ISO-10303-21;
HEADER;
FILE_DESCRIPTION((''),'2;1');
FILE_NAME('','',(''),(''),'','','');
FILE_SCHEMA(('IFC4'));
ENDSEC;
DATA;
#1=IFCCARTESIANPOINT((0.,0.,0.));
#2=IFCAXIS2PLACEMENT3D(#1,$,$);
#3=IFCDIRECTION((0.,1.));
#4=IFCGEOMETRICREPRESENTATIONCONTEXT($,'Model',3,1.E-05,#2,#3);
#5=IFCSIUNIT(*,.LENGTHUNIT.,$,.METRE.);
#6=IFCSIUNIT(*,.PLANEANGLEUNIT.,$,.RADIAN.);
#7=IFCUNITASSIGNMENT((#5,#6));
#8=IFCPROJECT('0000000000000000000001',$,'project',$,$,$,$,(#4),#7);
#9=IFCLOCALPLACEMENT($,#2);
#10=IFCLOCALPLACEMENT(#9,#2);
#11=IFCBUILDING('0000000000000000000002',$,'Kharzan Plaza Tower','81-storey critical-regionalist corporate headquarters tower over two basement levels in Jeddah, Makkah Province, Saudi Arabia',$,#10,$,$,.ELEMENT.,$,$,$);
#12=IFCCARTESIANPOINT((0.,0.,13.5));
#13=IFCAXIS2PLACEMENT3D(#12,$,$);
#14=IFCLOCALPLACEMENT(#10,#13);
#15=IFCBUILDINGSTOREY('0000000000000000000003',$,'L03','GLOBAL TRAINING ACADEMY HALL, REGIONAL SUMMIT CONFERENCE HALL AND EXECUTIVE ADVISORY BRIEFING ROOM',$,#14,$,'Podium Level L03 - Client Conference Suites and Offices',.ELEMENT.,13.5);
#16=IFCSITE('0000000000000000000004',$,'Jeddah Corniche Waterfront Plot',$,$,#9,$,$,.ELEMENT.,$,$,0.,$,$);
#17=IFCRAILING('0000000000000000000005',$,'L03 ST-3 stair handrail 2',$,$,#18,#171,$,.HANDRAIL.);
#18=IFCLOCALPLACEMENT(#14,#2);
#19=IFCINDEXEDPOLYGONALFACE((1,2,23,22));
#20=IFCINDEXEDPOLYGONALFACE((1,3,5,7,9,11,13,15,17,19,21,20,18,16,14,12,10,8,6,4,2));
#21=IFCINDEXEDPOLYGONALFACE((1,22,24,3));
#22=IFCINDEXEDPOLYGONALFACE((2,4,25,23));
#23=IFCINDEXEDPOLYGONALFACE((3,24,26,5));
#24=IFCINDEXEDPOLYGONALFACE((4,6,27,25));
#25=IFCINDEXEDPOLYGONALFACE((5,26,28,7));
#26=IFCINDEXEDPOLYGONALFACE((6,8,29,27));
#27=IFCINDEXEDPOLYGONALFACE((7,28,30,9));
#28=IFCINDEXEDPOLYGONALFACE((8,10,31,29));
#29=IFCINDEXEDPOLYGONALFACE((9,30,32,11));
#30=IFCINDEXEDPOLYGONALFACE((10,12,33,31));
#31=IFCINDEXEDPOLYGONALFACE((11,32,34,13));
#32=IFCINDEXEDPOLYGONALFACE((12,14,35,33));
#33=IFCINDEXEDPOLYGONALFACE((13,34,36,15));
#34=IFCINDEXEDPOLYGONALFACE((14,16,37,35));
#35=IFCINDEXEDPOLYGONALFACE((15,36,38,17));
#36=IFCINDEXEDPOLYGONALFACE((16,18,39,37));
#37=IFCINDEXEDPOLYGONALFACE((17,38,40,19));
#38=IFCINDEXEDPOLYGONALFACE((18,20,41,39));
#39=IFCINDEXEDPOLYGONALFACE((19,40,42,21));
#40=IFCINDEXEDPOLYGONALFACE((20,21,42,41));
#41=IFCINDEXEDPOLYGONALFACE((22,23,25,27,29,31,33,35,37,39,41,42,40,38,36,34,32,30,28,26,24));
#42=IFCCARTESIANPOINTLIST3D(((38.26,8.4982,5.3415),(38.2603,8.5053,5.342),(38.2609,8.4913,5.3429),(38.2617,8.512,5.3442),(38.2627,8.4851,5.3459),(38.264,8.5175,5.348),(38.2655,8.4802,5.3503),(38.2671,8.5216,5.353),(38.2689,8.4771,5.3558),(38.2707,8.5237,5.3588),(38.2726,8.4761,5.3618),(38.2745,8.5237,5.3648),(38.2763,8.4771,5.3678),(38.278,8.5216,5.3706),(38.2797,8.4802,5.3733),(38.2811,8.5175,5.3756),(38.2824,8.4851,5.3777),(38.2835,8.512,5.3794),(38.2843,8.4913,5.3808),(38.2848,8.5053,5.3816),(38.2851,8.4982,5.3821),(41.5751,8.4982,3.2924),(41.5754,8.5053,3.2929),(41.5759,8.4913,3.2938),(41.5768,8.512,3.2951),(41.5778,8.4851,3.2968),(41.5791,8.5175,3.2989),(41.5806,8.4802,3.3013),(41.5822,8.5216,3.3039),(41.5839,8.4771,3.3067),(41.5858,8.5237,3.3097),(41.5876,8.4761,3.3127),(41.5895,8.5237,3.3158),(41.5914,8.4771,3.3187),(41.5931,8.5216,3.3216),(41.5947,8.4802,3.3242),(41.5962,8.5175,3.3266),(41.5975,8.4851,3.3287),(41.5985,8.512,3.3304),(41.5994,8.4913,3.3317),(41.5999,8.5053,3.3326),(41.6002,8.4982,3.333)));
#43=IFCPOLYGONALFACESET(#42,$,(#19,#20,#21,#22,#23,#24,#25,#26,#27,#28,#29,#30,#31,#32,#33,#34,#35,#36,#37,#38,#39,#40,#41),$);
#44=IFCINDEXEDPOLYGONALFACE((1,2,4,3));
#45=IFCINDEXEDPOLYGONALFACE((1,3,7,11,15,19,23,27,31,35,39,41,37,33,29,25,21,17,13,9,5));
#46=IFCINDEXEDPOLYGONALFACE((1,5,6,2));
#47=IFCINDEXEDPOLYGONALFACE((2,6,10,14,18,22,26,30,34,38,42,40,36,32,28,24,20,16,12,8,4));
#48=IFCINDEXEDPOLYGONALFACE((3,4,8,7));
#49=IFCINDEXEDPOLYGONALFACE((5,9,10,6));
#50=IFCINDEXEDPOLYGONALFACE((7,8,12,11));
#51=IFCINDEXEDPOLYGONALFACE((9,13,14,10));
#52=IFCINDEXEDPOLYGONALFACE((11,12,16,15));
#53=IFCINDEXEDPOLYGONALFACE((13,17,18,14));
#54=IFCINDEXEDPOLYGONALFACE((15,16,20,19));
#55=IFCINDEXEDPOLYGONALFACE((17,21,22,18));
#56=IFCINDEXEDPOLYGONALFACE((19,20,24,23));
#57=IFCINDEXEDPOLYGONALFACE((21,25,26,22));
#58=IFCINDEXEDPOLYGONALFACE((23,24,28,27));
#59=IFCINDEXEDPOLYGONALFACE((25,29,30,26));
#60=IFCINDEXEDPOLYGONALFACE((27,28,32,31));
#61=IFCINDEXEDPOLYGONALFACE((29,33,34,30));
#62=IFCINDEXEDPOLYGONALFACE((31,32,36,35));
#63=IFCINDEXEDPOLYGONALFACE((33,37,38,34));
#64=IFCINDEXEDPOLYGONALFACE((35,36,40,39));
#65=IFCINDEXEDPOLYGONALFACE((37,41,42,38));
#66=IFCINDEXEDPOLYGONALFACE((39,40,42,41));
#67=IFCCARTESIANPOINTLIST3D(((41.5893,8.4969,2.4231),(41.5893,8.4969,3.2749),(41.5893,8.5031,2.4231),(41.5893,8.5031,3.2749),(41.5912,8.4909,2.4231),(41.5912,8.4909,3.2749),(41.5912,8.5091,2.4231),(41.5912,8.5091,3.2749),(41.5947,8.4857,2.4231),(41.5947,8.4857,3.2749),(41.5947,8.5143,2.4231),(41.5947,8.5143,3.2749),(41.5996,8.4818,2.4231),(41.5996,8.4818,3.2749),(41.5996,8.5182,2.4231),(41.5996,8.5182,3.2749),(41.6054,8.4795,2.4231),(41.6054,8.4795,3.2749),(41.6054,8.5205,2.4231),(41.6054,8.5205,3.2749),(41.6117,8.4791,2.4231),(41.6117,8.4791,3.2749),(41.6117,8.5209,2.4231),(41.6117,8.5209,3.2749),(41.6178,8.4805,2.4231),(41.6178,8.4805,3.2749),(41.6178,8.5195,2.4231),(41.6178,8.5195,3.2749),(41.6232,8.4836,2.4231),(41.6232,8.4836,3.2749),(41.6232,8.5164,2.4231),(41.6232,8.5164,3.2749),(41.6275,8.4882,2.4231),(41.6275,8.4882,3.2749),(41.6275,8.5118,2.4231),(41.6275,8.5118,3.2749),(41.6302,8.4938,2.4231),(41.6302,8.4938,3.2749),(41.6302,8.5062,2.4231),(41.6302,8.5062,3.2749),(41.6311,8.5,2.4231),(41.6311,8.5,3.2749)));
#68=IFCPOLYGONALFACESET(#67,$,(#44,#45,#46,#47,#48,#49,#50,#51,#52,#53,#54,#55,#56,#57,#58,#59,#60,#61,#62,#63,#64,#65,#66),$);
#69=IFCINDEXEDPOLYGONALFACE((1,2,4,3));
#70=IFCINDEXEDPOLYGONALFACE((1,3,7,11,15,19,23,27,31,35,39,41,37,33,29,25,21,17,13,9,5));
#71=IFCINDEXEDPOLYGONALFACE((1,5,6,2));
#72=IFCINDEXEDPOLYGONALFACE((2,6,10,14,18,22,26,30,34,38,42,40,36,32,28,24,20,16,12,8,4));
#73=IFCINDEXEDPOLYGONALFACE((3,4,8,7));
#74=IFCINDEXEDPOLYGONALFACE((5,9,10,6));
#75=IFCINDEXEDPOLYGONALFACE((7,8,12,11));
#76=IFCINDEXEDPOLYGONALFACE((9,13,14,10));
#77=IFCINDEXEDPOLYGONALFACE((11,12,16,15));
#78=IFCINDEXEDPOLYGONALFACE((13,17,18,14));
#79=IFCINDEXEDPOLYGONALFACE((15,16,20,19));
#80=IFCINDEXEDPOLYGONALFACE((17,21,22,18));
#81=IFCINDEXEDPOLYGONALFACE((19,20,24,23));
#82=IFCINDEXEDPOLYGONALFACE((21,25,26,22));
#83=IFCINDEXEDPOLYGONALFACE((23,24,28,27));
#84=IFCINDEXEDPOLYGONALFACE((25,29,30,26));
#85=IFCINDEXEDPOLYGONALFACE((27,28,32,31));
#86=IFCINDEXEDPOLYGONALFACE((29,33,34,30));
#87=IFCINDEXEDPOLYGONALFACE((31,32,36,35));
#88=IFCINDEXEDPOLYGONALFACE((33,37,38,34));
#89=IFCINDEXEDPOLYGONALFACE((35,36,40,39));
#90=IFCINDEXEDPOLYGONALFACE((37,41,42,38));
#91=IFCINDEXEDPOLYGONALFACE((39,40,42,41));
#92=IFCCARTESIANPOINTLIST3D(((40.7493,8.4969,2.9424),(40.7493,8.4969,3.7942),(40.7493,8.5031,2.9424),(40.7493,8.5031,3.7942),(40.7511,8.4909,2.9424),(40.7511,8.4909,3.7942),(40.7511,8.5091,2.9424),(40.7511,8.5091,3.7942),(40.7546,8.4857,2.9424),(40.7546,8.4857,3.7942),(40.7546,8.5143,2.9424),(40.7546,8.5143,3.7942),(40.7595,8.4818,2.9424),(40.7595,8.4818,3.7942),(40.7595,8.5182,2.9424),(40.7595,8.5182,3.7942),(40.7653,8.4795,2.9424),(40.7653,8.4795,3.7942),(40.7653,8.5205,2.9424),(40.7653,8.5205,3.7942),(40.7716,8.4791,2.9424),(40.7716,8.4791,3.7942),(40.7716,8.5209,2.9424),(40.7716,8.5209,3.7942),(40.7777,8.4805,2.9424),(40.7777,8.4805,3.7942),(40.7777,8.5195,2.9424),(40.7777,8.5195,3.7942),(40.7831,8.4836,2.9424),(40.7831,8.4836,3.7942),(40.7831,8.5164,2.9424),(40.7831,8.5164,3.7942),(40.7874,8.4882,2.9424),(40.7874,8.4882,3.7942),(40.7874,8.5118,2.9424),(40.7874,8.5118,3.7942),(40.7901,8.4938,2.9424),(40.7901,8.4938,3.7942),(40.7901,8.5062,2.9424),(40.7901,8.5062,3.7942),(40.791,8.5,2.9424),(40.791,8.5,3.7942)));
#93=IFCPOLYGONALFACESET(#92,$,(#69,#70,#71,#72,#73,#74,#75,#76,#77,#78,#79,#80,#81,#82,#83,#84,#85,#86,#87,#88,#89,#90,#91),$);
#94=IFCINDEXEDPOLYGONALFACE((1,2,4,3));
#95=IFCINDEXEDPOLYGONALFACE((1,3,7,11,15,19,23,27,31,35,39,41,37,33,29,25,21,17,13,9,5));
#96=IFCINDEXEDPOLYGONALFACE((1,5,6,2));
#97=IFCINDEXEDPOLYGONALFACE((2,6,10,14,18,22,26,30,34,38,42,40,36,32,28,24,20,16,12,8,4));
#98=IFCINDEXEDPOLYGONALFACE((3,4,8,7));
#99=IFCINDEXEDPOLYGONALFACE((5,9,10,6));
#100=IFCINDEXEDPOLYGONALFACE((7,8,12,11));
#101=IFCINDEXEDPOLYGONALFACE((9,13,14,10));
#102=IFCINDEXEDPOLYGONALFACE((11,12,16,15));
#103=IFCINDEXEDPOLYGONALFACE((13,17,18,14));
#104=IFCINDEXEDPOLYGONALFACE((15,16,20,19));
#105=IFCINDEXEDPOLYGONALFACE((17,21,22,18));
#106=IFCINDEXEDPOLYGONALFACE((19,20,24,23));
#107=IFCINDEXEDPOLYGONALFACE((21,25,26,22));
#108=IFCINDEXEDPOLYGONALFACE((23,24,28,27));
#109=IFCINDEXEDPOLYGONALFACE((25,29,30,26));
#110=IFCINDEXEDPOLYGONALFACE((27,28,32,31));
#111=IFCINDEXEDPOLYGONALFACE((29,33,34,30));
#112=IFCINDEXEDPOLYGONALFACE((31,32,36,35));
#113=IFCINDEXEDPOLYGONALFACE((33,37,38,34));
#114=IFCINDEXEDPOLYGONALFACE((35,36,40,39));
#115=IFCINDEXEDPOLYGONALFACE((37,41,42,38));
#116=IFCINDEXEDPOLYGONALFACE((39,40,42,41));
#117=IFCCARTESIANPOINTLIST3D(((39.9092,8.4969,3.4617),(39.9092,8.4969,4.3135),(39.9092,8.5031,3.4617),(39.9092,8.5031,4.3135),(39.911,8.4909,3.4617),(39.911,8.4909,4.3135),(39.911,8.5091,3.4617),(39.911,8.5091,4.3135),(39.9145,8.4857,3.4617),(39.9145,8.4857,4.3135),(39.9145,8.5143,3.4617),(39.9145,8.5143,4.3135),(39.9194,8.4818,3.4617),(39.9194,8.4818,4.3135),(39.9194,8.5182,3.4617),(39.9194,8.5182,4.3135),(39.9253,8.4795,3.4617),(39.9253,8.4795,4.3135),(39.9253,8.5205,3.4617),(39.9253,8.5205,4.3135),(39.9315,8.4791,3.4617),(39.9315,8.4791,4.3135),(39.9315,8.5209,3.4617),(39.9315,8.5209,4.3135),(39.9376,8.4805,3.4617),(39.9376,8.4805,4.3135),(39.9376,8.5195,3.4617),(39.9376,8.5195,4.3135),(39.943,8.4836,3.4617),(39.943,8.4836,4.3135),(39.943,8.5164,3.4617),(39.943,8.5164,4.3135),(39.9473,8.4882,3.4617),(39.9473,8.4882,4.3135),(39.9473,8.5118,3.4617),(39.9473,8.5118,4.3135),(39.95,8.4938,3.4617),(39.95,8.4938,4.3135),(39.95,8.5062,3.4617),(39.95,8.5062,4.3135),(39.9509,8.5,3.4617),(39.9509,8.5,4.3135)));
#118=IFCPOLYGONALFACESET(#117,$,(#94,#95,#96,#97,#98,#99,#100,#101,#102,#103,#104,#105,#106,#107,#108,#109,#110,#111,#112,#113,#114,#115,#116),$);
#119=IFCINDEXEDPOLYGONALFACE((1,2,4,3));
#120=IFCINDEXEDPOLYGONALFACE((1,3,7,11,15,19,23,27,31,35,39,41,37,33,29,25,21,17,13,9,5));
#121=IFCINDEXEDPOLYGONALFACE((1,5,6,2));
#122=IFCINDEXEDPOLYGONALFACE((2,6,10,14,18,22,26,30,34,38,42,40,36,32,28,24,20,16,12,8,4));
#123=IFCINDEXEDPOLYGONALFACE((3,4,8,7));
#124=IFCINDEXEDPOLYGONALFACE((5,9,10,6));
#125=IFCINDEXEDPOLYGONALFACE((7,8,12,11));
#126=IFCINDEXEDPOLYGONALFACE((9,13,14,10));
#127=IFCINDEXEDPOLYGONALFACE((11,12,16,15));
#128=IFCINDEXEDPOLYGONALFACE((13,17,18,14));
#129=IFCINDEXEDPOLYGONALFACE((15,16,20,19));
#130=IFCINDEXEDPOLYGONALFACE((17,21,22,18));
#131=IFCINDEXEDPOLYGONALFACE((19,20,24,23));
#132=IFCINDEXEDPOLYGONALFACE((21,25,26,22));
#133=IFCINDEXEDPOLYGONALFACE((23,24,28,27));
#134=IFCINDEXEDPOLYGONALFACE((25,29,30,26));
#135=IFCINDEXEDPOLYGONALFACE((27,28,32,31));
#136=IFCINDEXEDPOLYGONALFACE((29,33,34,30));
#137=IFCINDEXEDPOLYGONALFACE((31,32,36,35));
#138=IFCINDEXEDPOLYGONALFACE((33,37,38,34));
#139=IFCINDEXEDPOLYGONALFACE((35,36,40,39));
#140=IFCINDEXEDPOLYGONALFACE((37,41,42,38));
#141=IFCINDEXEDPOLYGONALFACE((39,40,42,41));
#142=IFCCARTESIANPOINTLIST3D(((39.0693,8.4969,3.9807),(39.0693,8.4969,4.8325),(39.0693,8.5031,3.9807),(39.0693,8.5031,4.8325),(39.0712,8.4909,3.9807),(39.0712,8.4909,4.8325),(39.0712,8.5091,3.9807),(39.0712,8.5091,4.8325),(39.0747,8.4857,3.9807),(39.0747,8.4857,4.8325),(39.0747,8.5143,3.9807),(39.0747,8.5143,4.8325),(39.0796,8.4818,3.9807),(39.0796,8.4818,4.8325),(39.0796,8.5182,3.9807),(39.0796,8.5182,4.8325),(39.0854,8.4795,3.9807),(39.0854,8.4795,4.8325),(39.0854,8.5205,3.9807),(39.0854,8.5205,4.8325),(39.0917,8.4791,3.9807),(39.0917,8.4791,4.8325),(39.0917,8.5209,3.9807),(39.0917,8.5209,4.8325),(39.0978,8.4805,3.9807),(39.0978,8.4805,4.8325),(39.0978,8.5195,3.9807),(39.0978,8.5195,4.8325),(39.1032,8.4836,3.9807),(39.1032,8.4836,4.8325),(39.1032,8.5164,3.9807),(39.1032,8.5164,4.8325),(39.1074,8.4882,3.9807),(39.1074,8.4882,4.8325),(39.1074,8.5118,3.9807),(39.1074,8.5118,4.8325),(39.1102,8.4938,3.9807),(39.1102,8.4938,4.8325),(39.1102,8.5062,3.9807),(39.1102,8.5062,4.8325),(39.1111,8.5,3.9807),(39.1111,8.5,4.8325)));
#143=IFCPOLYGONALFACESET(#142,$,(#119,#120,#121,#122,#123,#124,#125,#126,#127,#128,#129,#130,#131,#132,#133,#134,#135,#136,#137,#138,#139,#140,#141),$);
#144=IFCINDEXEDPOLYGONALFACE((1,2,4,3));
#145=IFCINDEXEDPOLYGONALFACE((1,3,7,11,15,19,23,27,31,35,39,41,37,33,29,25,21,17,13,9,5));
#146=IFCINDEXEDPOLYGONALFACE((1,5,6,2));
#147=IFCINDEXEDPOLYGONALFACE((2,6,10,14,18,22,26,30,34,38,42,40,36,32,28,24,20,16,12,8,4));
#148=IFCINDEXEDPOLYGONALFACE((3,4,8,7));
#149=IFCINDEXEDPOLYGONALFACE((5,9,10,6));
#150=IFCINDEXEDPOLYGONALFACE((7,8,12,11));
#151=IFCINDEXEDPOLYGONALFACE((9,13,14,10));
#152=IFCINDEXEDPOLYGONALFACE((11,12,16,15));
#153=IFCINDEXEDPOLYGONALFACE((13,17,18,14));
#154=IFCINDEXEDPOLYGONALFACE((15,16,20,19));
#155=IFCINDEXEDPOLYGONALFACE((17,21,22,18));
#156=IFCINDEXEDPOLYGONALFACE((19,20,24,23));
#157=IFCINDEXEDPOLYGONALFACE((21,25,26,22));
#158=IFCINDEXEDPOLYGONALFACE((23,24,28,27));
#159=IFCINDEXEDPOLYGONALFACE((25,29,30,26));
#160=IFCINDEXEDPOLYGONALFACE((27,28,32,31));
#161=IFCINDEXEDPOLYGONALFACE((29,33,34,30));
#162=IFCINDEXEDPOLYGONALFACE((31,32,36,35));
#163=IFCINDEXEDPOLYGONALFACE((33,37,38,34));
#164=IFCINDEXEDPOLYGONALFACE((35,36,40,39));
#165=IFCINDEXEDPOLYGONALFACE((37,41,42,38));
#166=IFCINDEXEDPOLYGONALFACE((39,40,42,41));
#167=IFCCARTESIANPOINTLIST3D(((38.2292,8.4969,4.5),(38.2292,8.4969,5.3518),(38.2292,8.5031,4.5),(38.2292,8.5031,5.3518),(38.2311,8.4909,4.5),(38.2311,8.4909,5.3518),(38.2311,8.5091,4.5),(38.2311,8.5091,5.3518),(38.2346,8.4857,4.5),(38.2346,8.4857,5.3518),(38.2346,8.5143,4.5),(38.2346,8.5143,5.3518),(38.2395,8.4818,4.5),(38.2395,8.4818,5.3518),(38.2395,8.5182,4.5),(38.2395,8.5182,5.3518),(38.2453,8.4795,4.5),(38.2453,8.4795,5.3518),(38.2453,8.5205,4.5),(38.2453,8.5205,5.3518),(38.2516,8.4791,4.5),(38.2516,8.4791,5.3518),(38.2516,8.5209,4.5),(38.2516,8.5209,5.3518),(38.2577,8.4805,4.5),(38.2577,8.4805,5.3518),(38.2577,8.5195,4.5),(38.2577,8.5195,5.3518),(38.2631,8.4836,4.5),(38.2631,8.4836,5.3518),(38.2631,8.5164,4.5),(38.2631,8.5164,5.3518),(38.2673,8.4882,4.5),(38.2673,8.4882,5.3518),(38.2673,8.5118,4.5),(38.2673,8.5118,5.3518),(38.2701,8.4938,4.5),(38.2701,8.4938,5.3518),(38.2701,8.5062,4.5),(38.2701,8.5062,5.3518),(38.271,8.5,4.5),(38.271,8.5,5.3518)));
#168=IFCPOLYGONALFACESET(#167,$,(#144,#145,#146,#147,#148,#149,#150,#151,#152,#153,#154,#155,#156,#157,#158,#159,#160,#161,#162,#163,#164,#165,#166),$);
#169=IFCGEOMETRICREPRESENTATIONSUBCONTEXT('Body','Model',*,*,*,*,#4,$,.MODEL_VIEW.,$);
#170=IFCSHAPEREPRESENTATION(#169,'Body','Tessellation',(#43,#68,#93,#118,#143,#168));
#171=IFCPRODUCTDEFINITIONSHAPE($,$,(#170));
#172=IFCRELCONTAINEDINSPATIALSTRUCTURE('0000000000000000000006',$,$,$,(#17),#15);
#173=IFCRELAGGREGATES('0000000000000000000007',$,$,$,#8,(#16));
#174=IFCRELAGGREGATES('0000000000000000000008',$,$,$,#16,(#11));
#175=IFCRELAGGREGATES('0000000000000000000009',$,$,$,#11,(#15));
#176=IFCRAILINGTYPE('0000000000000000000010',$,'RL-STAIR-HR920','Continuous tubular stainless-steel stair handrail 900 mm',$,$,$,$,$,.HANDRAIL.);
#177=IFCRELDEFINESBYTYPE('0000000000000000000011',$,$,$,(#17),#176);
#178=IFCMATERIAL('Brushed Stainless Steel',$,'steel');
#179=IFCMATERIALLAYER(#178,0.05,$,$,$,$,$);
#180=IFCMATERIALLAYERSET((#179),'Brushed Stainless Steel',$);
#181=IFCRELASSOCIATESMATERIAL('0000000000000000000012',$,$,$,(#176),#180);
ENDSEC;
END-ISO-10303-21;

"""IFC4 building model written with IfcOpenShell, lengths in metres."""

from ifc_helpers import new_model, si_unit, direction, frame, origin, origin_2d, place, context, subcontext, project, spatial, circle, extrude, source, transform, mapped, material, layer, layer_set, type_object, element, save


model = new_model("IFC4")

# Units and contexts
model_context = context("Model", 3, precision=1e-05, world=origin(), true_north=direction((0.0, 1.0)))
body_context = subcontext(model_context, "Body", "Model", "MODEL_VIEW")
ifc_project = project(units=[si_unit("LENGTHUNIT", "METRE"), si_unit("PLANEANGLEUNIT", "RADIAN")], contexts=[model_context])

# Site, building, storey
site_placement = place(None, origin())
site = spatial("IfcSite", under=ifc_project, at=site_placement, Name="Jeddah Corniche Waterfront Plot", CompositionType="ELEMENT", RefElevation=0.0)
building_placement = place(site_placement, origin())
building = spatial("IfcBuilding", under=site, at=building_placement, Name="Kharzan Plaza Tower", Description="81-storey critical-regionalist corporate headquarters tower over two basement levels in Jeddah, Makkah Province, Saudi Arabia", CompositionType="ELEMENT")
storey_placement = place(building_placement, frame((0.0, 0.0, 13.5)))
storey = spatial("IfcBuildingStorey", under=building, at=storey_placement, Name="L03", Description="GLOBAL TRAINING ACADEMY HALL, REGIONAL SUMMIT CONFERENCE HALL AND EXECUTIVE ADVISORY BRIEFING ROOM", LongName="Podium Level L03 - Client Conference Suites and Offices", CompositionType="ELEMENT", Elevation=13.5)

# Shared definitions
ifc_material_1 = material(Name="Brushed Stainless Steel", Category="steel")

# Railing
ifc_layer_1 = layer(ifc_material_1, 0.05)
ifc_layer_set_1 = layer_set([ifc_layer_1], Name="Brushed Stainless Steel")
railing_type_1 = type_object("IfcRailingType", Name="RL-STAIR-HR920", Description="Continuous tubular stainless-steel stair handrail 900 mm", PredefinedType="HANDRAIL", material=ifc_layer_set_1)
shared_shape_1 = source(origin(), body_context, "Body", "SweptSolid", [
    extrude(circle(Radius=0.0239, at=origin_2d()), frame((-0.0225, 0.0, 0.8896), z_axis=(-0.850623, 0.0, 0.525776), x_axis=(0.0, -1.0, 0.0)), (0.0, 0.0, 1.0), 3.8972),
    extrude(circle(Radius=0.021, at=origin_2d()), origin(), (0.0, 0.0, 1.0), 0.8518),
    extrude(circle(Radius=0.021, at=origin_2d()), frame((-0.8401, 0.0, 0.5193)), (0.0, 0.0, 1.0), 0.8518),
    extrude(circle(Radius=0.021, at=origin_2d()), frame((-1.6802, 0.0, 1.0386)), (0.0, 0.0, 1.0), 0.8518),
    extrude(circle(Radius=0.021, at=origin_2d()), frame((-2.52, 0.0, 1.5576)), (0.0, 0.0, 1.0), 0.8518),
    extrude(circle(Radius=0.021, at=origin_2d()), frame((-3.3601, 0.0, 2.0769)), (0.0, 0.0, 1.0), 0.8518),
])
railing_1_placement = place(storey_placement, frame((41.6101, 8.5, 2.4231)))
element("IfcRailing", 1, at=railing_1_placement, inside=storey, type_object=railing_type_1, Name="L03 ST-3 stair handrail 2", PredefinedType="HANDRAIL", context=body_context, shape_type="MappedRepresentation", body=[
    mapped(shared_shape_1, transform((0.0, 0.0, 0.0), x_axis=(1.0, 0.0, 0.0), y_axis=(0.0, 1.0, 0.0), z_axis=(0.0, 0.0, 1.0))),
])

save(model, "model.ifc")
